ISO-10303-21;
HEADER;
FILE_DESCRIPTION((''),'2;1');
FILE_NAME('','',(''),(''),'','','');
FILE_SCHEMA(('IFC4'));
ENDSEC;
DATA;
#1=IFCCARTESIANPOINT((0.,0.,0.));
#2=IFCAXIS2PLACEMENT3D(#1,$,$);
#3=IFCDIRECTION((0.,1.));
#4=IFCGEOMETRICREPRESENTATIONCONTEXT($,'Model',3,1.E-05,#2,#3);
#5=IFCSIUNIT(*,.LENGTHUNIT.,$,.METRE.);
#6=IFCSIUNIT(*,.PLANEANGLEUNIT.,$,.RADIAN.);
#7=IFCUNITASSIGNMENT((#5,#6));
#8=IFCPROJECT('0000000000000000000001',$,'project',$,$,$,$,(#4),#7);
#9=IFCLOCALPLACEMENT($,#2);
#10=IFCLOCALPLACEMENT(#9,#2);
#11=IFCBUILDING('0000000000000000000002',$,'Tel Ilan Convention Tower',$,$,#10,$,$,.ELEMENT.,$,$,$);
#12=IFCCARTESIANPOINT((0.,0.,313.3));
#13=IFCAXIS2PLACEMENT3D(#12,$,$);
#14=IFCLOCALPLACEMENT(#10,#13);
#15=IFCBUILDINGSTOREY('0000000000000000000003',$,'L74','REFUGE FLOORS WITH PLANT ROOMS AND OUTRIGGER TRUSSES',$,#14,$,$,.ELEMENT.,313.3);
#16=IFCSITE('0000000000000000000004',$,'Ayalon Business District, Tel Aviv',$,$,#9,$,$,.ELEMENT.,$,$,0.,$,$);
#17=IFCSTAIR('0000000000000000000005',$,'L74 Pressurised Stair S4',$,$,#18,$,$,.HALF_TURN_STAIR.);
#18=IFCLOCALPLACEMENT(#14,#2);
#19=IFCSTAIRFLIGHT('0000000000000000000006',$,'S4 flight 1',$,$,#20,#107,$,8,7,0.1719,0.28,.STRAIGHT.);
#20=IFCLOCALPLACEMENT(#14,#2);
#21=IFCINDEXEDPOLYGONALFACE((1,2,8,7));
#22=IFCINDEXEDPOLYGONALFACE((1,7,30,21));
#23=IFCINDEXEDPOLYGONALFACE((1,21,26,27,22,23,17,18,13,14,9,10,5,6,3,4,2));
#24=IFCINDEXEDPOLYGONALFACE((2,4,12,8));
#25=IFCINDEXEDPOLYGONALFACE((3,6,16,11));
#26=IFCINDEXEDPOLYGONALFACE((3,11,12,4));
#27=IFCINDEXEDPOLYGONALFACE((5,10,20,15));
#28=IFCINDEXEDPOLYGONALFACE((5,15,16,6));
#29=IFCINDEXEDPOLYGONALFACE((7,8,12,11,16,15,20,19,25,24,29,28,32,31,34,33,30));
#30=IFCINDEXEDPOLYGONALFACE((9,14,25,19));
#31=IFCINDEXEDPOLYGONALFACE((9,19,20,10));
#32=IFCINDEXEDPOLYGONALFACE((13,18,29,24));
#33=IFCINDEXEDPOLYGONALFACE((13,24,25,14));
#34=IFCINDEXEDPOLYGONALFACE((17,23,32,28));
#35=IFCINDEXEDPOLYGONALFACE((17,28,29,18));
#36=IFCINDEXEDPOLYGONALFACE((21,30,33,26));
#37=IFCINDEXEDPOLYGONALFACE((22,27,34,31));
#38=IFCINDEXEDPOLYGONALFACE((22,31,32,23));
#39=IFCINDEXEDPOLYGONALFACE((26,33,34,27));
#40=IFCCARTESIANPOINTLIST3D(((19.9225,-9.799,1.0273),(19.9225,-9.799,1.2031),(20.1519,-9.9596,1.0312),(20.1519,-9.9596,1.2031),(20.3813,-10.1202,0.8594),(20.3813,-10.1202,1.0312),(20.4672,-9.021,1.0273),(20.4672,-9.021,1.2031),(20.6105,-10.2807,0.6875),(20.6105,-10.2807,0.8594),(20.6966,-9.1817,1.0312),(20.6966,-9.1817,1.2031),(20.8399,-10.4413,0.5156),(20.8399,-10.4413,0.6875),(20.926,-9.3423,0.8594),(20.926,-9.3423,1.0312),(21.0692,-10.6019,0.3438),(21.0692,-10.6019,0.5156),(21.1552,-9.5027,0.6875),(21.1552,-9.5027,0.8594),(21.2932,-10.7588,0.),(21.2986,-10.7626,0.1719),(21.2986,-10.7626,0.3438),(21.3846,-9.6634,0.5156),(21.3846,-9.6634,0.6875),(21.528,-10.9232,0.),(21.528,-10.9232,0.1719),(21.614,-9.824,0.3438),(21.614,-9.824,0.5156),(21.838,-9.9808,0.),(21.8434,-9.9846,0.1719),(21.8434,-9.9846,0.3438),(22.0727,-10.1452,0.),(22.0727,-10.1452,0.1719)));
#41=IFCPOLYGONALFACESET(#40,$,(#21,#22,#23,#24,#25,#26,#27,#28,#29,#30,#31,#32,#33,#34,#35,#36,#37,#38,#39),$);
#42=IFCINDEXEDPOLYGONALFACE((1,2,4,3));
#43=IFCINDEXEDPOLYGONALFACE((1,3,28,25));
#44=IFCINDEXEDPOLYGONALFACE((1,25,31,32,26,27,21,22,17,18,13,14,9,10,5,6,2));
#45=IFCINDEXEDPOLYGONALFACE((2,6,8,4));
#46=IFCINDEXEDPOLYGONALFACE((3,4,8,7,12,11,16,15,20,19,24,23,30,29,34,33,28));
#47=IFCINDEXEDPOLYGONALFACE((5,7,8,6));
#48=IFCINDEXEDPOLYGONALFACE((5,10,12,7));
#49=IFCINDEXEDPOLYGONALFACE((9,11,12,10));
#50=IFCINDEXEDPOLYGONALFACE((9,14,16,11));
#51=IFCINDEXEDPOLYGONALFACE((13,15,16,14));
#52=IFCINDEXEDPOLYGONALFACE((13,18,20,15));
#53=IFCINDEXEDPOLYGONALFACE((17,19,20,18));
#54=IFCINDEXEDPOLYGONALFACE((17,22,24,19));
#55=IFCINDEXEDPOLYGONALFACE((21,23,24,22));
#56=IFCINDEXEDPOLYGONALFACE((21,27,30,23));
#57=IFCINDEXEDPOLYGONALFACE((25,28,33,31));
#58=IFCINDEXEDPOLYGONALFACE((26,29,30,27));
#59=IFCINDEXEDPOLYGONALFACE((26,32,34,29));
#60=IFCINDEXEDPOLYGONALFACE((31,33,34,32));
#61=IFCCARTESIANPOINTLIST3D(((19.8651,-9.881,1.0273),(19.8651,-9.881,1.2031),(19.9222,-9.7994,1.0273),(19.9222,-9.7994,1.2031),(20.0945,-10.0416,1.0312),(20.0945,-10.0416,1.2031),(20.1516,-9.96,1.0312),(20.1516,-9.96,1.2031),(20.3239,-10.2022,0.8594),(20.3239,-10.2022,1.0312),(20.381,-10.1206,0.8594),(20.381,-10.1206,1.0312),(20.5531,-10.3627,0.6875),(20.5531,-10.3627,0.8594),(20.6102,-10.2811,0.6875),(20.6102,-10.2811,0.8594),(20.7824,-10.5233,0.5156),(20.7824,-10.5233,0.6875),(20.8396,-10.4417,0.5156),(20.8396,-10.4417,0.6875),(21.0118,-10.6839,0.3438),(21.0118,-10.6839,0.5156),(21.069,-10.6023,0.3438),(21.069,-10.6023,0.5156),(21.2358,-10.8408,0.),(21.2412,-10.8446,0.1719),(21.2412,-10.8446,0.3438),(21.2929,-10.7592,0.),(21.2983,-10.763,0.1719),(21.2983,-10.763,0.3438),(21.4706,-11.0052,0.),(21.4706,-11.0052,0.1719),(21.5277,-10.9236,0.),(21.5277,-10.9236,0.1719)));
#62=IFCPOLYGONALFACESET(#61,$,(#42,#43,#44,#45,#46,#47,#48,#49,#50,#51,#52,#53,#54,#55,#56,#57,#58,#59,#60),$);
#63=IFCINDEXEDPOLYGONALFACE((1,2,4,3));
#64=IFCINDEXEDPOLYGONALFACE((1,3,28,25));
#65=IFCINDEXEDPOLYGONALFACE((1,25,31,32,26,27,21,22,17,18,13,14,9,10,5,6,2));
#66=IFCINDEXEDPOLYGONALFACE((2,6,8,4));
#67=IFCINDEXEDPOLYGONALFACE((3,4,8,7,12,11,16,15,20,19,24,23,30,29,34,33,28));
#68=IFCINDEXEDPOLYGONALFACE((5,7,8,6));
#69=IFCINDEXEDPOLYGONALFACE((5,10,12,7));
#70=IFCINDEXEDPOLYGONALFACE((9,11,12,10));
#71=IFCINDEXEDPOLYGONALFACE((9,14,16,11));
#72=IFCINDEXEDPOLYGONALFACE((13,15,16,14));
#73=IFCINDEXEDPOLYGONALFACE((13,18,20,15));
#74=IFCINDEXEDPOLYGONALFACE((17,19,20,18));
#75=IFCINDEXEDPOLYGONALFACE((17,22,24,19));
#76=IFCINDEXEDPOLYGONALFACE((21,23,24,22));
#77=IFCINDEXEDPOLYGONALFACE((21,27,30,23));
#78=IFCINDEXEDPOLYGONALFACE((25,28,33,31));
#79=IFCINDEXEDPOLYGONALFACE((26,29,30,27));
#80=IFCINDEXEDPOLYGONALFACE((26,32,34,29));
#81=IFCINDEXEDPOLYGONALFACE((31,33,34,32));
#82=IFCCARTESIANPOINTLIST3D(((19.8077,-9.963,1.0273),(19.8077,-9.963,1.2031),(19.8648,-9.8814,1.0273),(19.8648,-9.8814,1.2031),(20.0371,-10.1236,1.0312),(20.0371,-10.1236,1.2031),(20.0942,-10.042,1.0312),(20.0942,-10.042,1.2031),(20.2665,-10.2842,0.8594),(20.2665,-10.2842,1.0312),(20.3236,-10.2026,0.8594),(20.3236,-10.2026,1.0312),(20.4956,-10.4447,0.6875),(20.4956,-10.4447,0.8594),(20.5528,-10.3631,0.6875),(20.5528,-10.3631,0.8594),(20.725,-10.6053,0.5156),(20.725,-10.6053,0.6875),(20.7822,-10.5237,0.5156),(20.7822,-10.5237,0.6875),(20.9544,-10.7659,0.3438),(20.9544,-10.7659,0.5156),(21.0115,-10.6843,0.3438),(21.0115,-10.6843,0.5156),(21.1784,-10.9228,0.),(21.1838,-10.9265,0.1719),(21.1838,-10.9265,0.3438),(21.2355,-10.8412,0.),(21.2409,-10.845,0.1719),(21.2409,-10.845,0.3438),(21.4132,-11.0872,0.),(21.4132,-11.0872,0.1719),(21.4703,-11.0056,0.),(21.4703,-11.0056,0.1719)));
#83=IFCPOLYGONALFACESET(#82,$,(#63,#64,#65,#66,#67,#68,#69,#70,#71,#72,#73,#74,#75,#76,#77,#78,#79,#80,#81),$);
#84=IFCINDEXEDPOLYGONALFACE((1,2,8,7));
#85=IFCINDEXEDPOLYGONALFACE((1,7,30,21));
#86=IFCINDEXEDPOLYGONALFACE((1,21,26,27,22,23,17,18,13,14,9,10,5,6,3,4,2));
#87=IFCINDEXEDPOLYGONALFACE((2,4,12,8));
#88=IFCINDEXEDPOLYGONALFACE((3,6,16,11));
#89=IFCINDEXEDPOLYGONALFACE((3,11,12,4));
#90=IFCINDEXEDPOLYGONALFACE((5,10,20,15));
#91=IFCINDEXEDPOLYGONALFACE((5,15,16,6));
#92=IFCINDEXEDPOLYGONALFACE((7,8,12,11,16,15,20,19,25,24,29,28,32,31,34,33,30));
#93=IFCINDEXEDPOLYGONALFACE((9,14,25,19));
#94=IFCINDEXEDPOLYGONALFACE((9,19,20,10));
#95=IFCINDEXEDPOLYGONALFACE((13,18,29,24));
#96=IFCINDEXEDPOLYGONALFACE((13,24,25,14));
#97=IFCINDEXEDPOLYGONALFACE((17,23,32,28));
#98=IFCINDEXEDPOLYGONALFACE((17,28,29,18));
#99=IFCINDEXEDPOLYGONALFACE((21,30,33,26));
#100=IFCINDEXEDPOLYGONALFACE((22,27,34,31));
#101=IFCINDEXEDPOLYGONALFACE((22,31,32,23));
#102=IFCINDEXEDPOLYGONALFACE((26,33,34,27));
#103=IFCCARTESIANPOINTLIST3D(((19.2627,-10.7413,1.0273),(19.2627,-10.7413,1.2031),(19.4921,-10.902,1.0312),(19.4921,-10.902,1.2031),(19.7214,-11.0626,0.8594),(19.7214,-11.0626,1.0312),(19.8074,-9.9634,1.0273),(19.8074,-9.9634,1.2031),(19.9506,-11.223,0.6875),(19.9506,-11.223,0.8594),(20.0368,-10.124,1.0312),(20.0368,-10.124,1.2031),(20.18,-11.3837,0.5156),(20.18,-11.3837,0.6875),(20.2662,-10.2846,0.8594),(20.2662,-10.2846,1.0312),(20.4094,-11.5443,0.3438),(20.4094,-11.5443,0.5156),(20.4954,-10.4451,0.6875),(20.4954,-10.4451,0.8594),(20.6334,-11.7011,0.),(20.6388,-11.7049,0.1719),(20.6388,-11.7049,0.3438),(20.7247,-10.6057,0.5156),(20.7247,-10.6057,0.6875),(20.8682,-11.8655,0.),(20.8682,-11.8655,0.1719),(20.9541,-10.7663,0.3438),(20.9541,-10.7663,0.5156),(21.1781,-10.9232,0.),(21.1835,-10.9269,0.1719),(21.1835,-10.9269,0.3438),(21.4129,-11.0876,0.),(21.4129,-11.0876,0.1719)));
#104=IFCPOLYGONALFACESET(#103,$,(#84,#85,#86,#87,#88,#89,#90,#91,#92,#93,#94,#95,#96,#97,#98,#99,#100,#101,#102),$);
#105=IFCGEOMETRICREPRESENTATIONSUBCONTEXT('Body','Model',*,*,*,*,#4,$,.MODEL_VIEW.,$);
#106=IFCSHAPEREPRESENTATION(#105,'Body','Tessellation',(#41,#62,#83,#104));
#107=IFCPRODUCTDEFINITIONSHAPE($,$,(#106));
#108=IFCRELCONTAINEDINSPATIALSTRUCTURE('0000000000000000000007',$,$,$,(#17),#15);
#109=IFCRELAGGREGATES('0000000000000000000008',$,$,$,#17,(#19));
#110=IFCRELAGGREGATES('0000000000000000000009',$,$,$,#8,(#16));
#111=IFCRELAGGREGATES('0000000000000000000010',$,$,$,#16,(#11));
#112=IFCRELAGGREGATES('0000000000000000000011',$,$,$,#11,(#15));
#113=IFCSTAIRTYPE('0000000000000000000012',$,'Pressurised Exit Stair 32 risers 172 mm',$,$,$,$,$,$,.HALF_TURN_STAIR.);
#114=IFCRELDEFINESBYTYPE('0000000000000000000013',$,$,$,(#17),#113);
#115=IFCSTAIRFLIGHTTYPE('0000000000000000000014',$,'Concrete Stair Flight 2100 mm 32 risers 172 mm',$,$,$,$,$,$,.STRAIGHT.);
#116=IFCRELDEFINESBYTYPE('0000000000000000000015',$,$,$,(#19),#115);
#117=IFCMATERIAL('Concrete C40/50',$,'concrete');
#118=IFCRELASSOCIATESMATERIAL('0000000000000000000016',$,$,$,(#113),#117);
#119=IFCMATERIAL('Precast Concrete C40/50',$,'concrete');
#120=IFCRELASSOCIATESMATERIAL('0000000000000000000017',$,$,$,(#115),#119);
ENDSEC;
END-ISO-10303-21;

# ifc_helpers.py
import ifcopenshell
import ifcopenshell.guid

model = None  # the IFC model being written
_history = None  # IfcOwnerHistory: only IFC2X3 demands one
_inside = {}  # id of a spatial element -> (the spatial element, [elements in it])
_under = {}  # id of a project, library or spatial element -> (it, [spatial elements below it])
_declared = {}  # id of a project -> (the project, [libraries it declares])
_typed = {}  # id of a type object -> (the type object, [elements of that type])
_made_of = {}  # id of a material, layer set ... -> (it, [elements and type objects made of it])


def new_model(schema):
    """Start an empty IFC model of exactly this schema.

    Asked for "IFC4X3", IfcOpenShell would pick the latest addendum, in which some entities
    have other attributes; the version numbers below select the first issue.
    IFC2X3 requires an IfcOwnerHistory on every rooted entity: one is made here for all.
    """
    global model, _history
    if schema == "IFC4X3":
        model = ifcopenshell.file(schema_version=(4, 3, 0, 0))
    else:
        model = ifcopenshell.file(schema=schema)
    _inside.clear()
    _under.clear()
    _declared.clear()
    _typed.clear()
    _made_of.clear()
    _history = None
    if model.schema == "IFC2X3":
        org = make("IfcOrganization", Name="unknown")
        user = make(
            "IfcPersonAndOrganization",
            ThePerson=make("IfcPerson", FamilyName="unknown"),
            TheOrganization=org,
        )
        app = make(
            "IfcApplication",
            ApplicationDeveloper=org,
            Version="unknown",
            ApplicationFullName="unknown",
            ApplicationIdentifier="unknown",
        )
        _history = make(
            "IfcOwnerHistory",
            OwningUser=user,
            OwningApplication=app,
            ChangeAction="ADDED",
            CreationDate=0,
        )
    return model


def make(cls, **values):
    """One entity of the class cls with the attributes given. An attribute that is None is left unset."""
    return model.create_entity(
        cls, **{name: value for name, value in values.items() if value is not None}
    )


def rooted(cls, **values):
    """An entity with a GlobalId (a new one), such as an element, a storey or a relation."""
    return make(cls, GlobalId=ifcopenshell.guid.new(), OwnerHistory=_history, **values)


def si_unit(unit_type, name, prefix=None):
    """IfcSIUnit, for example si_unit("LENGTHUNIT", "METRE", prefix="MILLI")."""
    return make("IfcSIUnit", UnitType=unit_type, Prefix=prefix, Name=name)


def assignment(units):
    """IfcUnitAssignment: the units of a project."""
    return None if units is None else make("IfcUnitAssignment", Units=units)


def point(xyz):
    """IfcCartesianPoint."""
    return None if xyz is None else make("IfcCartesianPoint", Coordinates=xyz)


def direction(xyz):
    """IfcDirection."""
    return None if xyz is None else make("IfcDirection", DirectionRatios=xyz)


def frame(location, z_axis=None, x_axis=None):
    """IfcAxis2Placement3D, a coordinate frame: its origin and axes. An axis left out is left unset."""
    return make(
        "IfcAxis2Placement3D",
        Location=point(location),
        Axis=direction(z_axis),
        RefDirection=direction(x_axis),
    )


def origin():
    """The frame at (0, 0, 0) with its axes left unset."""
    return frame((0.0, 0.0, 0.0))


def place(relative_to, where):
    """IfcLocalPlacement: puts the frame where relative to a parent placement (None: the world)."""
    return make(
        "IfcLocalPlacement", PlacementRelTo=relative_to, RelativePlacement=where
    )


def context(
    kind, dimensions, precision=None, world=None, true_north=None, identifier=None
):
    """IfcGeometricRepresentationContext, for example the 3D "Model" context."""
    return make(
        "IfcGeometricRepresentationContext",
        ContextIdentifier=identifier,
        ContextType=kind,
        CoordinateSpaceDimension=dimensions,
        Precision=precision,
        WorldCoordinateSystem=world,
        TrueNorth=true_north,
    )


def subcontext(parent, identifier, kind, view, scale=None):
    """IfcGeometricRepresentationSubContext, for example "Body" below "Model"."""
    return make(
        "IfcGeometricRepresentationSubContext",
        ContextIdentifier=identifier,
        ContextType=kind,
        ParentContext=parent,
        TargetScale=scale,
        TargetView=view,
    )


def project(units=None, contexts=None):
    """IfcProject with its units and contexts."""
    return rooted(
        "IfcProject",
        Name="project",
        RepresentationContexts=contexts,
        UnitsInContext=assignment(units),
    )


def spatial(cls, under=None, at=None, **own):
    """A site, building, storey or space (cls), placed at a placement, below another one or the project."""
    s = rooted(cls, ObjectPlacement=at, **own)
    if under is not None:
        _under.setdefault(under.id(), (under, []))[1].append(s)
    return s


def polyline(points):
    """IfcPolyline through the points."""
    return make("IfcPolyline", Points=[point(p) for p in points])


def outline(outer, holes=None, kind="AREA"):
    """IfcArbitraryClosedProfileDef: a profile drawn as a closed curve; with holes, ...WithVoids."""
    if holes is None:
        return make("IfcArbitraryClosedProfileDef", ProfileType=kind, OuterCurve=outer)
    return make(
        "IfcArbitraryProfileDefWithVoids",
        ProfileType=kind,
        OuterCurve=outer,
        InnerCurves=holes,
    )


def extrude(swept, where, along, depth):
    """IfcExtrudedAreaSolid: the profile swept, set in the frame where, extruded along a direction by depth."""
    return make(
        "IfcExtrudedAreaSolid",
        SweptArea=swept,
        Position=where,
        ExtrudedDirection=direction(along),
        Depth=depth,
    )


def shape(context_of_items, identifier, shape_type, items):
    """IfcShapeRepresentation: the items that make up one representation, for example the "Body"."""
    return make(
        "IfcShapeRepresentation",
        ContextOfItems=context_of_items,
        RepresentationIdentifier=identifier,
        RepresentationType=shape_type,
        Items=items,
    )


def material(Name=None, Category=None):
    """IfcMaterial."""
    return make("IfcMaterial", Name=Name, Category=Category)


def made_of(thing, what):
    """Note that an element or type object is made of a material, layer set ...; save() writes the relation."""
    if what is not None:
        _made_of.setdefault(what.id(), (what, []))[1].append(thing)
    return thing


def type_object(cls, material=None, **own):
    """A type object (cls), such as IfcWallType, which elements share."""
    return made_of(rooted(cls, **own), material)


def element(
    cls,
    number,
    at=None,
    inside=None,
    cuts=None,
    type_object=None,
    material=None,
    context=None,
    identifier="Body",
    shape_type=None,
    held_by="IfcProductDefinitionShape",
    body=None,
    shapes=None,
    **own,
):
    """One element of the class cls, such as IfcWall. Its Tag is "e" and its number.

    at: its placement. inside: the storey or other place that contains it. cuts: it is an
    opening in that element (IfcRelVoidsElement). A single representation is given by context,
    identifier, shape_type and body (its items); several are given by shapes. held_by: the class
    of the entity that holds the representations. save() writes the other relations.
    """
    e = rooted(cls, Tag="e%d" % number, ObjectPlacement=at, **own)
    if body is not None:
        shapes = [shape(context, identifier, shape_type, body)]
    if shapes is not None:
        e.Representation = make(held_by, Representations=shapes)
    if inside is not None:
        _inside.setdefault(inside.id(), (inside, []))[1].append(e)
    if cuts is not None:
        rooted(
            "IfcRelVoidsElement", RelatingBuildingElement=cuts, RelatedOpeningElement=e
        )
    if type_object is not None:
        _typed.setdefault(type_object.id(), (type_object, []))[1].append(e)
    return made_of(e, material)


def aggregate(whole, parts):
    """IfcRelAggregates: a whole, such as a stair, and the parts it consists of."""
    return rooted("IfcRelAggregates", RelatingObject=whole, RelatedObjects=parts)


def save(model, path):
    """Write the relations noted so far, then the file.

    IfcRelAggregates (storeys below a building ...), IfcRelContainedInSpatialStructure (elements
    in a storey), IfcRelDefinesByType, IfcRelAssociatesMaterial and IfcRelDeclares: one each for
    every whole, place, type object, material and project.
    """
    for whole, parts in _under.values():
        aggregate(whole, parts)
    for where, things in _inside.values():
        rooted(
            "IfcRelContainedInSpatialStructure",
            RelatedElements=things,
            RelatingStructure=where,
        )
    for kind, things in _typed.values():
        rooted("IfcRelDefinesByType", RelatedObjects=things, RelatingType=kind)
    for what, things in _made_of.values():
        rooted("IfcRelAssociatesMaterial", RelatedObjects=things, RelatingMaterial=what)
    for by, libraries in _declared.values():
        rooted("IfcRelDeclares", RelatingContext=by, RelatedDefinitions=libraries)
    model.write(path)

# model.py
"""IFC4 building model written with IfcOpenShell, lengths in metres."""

from ifc_helpers import new_model, si_unit, direction, frame, origin, place, context, subcontext, project, spatial, polyline, outline, extrude, material, type_object, element, aggregate, save


model = new_model("IFC4")

# Units and contexts
model_context = context("Model", 3, precision=1e-05, world=origin(), true_north=direction((0.0, 1.0)))
body_context = subcontext(model_context, "Body", "Model", "MODEL_VIEW")
ifc_project = project(units=[si_unit("LENGTHUNIT", "METRE"), si_unit("PLANEANGLEUNIT", "RADIAN")], contexts=[model_context])

# Site, building, storey
site_placement = place(None, origin())
site = spatial("IfcSite", under=ifc_project, at=site_placement, Name="Ayalon Business District, Tel Aviv", CompositionType="ELEMENT", RefElevation=0.0)
building_placement = place(site_placement, origin())
building = spatial("IfcBuilding", under=site, at=building_placement, Name="Tel Ilan Convention Tower", CompositionType="ELEMENT")
storey_placement = place(building_placement, frame((0.0, 0.0, 313.3)))
storey = spatial("IfcBuildingStorey", under=building, at=storey_placement, Name="L74", Description="REFUGE FLOORS WITH PLANT ROOMS AND OUTRIGGER TRUSSES", CompositionType="ELEMENT", Elevation=313.3)

# Stair, stair flight
ifc_material_1 = material(Name="Concrete C40/50", Category="concrete")
stair_type = type_object("IfcStairType", Name="Pressurised Exit Stair 32 risers 172 mm", PredefinedType="HALF_TURN_STAIR", material=ifc_material_1)
stair_placement = place(storey_placement, origin())
stair = element("IfcStair", 1, at=stair_placement, inside=storey, type_object=stair_type, Name="L74 Pressurised Stair S4", PredefinedType="HALF_TURN_STAIR")
ifc_material_2 = material(Name="Precast Concrete C40/50", Category="concrete")
stair_flight_type = type_object("IfcStairFlightType", Name="Concrete Stair Flight 2100 mm 32 risers 172 mm", PredefinedType="STRAIGHT", material=ifc_material_2)
stair_flight_1_placement = place(storey_placement, frame((21.4705, -11.0054, 0.0), z_axis=(0.0, 0.0, 1.0), x_axis=(-0.819152, 0.573576, 0.0)))
stair_flight_1 = element("IfcStairFlight", 2, at=stair_flight_1_placement, type_object=stair_flight_type, Name="S4 flight 1", NumberOfRisers=8, NumberOfTreads=7, PredefinedType="STRAIGHT", RiserHeight=0.1719, TreadLength=0.28, context=body_context, shape_type="SweptSolid", body=[
    extrude(outline(polyline([(0.0, 0.0), (0.0, 0.1719), (0.28, 0.1719), (0.28, 0.3438), (0.5601, 0.3438), (0.5601, 0.5156), (0.8401, 0.5156), (0.8401, 0.6875), (1.1201, 0.6875), (1.1201, 0.8594), (1.3999, 0.8594), (1.3999, 1.0312), (1.6799, 1.0312), (1.6799, 1.2031), (1.96, 1.2031), (1.96, 1.375), (1.96, 1.0273), (0.2866, 0.0), (0.0, 0.0)])), frame((0.0, -0.1003, 0.0), z_axis=(0.0, -1.0, 0.0), x_axis=(1.0, 0.0, 0.0)), (0.0, 0.0, 1.0), 0.9497),
    extrude(outline(polyline([(0.0, 0.0), (0.0, 0.1719), (0.28, 0.1719), (0.28, 0.3438), (0.5601, 0.3438), (0.5601, 0.5156), (0.8401, 0.5156), (0.8401, 0.6875), (1.1201, 0.6875), (1.1201, 0.8594), (1.3999, 0.8594), (1.3999, 1.0312), (1.6799, 1.0312), (1.6799, 1.2031), (1.96, 1.2031), (1.96, 1.375), (1.96, 1.0273), (0.2866, 0.0), (0.0, 0.0)])), frame((0.0, -0.0002, 0.0), z_axis=(0.0, -1.0, 0.0), x_axis=(1.0, 0.0, 0.0)), (0.0, 0.0, 1.0), 0.0996),
    extrude(outline(polyline([(0.0, 0.0), (0.0, 0.1719), (0.28, 0.1719), (0.28, 0.3438), (0.5601, 0.3438), (0.5601, 0.5156), (0.8401, 0.5156), (0.8401, 0.6875), (1.1201, 0.6875), (1.1201, 0.8594), (1.3999, 0.8594), (1.3999, 1.0312), (1.6799, 1.0312), (1.6799, 1.2031), (1.96, 1.2031), (1.96, 1.375), (1.96, 1.0273), (0.2866, 0.0), (0.0, 0.0)])), frame((0.0, 0.0999, 0.0), z_axis=(0.0, -1.0, 0.0), x_axis=(1.0, 0.0, 0.0)), (0.0, 0.0, 1.0), 0.0996),
    extrude(outline(polyline([(0.0, 0.0), (0.0, 0.1719), (0.28, 0.1719), (0.28, 0.3438), (0.5601, 0.3438), (0.5601, 0.5156), (0.8401, 0.5156), (0.8401, 0.6875), (1.1201, 0.6875), (1.1201, 0.8594), (1.3999, 0.8594), (1.3999, 1.0312), (1.6799, 1.0312), (1.6799, 1.2031), (1.96, 1.2031), (1.96, 1.375), (1.96, 1.0273), (0.2866, 0.0), (0.0, 0.0)])), frame((0.0, 1.05, 0.0), z_axis=(0.0, -1.0, 0.0), x_axis=(1.0, 0.0, 0.0)), (0.0, 0.0, 1.0), 0.9497),
])
aggregate(stair, [stair_flight_1])

save(model, "model.ifc")
